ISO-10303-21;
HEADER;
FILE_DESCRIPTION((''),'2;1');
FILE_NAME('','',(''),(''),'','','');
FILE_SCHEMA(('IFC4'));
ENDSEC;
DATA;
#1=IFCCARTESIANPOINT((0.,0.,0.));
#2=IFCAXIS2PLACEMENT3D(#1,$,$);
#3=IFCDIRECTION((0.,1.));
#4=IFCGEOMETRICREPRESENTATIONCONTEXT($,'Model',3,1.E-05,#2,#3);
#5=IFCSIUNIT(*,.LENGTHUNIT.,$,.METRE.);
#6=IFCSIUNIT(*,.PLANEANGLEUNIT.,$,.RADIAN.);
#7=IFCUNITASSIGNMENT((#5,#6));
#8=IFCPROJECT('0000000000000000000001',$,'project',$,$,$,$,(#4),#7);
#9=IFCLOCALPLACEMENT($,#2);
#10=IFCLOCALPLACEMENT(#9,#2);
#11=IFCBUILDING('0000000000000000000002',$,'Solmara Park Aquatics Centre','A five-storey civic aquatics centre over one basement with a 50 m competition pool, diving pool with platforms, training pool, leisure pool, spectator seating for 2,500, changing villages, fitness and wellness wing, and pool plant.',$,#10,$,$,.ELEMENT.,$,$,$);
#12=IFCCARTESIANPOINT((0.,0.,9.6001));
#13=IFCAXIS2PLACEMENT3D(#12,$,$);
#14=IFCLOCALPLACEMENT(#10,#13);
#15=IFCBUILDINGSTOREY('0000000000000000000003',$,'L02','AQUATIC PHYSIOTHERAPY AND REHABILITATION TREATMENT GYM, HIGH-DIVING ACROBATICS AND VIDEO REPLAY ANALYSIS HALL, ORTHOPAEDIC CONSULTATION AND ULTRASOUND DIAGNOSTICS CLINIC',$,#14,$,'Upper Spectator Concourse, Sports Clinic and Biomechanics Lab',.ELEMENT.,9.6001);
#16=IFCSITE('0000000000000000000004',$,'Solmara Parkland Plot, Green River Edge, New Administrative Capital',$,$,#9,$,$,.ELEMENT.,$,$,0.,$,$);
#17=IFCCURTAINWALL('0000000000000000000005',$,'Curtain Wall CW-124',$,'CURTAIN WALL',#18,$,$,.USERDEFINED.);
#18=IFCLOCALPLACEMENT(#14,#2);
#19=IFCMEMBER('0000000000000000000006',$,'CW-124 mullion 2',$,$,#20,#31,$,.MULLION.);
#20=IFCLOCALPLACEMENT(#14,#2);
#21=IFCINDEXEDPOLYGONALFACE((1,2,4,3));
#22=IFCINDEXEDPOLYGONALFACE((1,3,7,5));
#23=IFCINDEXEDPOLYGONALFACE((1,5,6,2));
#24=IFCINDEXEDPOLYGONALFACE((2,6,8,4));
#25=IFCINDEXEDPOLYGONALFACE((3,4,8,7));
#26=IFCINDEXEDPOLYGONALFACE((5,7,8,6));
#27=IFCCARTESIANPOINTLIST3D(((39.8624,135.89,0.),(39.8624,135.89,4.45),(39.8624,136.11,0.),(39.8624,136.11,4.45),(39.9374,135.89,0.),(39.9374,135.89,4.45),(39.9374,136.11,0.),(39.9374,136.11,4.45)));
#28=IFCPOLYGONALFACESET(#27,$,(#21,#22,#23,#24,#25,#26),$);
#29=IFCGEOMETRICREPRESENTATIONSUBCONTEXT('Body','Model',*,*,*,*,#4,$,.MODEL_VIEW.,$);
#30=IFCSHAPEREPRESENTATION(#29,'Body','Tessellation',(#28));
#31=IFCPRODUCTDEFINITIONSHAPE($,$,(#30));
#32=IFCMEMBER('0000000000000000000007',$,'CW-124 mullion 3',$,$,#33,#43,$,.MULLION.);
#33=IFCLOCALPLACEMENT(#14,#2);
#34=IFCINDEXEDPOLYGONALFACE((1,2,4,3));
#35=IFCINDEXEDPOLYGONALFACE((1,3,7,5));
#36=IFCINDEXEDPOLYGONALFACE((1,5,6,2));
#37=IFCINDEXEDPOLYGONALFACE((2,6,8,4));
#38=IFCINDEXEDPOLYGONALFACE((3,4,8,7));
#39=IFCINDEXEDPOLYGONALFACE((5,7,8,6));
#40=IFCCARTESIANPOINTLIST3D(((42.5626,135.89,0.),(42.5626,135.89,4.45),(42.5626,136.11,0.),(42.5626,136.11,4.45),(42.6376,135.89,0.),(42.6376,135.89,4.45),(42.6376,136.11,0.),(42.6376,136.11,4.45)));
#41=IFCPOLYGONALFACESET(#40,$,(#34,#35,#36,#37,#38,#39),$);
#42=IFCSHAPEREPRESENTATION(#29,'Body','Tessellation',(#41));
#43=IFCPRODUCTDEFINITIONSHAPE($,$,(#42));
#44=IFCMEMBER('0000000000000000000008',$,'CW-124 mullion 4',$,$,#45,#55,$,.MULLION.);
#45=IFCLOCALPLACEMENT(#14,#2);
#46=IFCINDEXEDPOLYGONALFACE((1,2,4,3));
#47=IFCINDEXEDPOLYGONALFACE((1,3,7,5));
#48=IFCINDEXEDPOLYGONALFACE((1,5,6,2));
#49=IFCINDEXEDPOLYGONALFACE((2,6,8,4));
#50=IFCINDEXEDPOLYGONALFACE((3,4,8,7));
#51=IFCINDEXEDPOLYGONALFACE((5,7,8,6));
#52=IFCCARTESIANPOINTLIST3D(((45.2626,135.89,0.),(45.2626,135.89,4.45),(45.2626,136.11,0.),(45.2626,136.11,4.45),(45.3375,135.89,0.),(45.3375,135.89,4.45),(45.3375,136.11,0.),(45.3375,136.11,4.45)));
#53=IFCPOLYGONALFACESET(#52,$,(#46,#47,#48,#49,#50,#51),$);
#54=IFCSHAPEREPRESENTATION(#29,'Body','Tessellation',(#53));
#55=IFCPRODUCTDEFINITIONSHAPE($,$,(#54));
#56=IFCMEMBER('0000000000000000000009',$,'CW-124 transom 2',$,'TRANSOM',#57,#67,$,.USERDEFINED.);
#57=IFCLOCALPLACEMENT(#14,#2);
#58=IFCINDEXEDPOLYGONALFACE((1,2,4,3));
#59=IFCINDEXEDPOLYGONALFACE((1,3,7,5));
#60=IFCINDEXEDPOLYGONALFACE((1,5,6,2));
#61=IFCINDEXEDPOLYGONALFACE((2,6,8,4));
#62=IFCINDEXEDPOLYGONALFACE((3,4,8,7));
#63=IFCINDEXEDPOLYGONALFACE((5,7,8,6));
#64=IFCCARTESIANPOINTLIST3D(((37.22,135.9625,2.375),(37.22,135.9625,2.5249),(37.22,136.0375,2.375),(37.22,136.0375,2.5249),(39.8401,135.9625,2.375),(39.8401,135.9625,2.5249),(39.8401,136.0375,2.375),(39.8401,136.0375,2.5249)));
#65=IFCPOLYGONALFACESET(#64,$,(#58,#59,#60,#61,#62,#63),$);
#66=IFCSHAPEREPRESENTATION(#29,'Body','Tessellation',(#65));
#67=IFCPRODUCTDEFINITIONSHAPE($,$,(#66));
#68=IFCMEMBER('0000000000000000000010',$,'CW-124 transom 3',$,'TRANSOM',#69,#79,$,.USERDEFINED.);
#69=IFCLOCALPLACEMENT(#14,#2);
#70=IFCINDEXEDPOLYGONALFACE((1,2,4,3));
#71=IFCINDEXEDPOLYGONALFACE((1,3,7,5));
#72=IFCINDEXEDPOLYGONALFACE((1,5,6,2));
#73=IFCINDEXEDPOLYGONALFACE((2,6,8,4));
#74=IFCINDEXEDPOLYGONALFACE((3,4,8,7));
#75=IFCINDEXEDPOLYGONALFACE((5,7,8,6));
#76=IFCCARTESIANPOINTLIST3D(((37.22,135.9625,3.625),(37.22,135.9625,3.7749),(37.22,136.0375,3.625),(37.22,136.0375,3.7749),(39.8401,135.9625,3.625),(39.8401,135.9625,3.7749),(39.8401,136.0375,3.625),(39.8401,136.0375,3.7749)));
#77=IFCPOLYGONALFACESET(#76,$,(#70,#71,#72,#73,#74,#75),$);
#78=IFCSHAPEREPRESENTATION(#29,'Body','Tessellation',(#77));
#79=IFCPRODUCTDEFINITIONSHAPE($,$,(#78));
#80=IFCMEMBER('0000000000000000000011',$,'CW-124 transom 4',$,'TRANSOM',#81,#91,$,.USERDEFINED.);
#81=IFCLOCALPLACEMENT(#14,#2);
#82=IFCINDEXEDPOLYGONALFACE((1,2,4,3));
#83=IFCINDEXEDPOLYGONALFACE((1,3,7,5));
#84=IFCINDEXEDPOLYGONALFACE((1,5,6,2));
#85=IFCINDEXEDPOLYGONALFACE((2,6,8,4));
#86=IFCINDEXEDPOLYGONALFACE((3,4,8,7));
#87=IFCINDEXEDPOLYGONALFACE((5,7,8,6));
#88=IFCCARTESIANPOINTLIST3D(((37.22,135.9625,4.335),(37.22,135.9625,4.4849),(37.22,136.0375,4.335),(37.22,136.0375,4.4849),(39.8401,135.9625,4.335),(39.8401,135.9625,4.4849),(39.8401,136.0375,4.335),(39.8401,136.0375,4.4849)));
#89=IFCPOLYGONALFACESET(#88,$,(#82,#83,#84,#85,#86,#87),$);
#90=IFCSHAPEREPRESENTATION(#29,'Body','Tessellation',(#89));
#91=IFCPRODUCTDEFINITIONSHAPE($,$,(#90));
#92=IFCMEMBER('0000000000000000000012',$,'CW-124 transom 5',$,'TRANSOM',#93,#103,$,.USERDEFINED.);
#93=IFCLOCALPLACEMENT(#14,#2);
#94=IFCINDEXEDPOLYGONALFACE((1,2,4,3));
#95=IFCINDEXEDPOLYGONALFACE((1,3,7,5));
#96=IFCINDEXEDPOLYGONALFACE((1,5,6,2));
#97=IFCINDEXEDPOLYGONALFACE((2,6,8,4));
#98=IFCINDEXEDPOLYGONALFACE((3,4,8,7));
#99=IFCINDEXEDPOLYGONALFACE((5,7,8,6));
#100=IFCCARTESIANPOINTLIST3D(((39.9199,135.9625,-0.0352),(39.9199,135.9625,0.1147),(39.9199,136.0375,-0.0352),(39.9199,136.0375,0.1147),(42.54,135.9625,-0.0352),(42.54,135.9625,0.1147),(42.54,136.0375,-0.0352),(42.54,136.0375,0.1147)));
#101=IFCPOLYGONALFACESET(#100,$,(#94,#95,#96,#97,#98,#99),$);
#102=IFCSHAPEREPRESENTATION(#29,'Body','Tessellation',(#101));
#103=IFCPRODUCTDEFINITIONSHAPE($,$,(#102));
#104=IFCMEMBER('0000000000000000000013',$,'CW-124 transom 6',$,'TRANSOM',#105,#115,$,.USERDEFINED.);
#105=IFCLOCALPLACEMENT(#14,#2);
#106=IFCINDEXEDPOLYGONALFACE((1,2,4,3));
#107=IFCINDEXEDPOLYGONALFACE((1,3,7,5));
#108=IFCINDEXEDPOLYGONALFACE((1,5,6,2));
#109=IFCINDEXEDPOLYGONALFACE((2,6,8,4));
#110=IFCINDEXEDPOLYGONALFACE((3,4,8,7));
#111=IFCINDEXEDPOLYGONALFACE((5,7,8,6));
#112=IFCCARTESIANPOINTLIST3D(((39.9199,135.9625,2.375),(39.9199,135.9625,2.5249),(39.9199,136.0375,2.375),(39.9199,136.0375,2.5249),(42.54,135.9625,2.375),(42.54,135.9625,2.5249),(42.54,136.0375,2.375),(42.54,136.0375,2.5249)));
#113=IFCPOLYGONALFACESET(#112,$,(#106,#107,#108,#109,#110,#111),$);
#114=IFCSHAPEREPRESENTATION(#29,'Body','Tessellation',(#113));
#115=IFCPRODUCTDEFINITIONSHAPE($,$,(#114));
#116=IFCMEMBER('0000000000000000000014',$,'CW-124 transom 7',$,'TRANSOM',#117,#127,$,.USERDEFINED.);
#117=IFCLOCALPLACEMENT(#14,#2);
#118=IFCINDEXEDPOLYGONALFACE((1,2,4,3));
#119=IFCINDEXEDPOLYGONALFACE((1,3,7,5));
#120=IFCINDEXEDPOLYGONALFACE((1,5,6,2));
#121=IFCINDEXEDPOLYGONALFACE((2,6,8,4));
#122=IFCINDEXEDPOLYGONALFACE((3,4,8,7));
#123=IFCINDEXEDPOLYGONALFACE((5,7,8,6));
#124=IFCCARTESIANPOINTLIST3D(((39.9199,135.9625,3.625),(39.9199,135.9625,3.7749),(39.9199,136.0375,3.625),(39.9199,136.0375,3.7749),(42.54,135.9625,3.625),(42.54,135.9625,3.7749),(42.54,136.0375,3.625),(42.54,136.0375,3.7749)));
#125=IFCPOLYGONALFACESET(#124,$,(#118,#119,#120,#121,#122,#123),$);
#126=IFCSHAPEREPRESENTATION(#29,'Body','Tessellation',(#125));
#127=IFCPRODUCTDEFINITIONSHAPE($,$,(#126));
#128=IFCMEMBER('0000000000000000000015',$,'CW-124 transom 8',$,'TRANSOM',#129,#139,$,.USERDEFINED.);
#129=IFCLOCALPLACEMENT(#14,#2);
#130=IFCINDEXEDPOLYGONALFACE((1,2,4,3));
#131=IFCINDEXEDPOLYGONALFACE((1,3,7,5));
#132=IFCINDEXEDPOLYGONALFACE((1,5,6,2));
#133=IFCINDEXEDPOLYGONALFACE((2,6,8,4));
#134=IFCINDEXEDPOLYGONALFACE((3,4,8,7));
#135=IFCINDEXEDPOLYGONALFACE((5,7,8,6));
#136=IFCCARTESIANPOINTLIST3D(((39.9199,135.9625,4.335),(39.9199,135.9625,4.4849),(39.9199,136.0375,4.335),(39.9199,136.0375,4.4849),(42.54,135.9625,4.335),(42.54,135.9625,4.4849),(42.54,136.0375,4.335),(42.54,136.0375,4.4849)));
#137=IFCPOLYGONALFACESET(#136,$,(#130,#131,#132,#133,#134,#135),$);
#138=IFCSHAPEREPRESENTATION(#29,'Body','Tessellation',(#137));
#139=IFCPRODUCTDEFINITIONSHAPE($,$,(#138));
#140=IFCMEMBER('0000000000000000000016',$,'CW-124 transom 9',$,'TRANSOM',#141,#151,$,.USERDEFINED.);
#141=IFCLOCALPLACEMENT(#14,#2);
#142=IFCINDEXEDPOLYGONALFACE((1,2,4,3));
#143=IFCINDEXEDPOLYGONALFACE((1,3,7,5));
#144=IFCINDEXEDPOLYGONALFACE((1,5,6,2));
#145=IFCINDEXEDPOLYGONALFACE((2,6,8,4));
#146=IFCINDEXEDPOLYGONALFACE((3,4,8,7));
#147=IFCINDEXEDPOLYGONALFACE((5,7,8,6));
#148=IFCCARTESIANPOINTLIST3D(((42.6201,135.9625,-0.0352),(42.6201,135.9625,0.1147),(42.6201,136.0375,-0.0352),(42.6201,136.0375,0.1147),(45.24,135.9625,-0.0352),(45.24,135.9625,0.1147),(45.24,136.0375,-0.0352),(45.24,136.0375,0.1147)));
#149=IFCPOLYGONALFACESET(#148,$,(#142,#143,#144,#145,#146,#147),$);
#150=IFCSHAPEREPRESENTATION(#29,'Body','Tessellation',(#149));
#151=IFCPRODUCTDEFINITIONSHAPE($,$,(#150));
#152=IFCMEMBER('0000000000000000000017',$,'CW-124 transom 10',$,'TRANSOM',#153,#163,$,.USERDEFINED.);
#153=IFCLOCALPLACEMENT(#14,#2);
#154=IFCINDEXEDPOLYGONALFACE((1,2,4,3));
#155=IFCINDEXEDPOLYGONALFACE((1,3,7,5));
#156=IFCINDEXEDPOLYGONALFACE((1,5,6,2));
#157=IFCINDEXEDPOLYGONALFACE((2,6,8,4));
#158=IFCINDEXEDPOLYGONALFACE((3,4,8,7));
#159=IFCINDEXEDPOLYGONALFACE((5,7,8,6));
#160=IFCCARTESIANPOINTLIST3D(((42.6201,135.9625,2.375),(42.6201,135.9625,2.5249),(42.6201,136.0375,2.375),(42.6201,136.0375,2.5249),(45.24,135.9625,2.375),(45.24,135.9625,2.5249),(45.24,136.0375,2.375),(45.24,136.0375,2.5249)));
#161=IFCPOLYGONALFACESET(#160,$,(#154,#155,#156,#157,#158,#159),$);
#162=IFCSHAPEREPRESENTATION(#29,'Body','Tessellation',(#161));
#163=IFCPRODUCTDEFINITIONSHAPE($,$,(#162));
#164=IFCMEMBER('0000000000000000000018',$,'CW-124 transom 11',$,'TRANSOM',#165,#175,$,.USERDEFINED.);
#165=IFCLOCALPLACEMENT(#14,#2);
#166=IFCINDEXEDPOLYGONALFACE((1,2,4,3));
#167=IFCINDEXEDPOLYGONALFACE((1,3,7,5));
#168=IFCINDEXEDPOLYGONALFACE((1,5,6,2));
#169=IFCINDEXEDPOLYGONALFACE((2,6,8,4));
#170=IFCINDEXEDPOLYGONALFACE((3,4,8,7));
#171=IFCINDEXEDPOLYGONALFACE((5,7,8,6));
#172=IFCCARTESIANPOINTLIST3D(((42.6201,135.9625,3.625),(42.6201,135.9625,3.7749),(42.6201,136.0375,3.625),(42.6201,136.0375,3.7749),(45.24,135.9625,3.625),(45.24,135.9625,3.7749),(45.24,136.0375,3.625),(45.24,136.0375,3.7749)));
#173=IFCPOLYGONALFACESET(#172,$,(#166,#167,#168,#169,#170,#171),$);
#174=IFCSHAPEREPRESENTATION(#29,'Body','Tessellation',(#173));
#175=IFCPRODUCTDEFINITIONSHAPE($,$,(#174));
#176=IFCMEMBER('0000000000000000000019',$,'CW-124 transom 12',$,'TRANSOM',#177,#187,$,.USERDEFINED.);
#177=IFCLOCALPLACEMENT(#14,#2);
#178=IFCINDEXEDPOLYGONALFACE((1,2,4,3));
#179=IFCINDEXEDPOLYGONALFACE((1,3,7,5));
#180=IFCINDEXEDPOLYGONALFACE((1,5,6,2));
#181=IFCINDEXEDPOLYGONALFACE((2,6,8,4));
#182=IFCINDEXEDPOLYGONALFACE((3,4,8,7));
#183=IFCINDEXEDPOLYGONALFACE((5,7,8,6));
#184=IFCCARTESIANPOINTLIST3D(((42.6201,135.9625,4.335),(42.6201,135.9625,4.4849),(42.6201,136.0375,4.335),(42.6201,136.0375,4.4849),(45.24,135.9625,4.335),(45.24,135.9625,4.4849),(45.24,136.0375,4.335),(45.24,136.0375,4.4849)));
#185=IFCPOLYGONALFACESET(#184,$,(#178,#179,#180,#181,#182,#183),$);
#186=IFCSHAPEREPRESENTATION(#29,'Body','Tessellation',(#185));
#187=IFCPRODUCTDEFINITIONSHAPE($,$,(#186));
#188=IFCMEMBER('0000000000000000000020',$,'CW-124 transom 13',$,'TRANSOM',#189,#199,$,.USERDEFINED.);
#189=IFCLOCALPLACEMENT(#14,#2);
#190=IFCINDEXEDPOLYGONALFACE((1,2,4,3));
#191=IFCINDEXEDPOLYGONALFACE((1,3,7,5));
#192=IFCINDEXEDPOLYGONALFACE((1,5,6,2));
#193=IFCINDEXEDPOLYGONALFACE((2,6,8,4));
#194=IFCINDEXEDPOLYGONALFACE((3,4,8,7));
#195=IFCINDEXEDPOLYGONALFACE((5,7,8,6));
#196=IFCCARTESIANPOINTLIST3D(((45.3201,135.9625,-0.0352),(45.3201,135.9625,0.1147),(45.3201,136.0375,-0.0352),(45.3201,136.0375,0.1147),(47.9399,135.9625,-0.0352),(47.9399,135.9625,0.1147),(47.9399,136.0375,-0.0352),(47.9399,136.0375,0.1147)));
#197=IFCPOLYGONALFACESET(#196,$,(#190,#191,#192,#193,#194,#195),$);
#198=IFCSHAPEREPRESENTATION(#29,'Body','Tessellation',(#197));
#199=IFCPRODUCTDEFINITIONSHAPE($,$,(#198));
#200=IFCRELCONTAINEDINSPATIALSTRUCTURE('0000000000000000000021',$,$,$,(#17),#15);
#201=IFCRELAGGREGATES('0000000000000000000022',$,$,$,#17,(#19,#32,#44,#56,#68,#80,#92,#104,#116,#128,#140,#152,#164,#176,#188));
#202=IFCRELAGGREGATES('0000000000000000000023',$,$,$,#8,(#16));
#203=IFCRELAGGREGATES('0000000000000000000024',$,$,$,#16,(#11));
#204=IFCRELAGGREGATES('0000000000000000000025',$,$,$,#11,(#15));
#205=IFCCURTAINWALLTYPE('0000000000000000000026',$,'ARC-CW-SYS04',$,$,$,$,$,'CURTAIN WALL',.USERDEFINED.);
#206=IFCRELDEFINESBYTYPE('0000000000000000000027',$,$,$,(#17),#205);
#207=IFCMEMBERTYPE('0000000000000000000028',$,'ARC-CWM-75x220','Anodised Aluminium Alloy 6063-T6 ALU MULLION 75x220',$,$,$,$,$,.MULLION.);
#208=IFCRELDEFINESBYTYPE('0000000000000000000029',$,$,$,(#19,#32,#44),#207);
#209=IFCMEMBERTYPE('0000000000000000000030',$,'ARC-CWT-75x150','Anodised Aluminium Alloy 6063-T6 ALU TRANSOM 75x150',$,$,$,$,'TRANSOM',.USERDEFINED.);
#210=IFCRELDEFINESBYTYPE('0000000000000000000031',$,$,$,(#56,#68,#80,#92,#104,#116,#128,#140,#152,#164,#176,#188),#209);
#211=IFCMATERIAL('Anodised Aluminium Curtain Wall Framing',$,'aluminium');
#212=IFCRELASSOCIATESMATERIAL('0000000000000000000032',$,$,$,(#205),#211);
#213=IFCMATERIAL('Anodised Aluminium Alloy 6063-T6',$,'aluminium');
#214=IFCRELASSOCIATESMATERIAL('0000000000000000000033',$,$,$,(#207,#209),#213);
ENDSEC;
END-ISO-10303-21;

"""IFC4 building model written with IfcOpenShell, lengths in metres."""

from ifc_helpers import new_model, si_unit, direction, frame, origin, origin_2d, place, context, subcontext, project, spatial, rectangle, extrude, material, material_profile, profile_set, type_object, element, aggregate, save


model = new_model("IFC4")

# Units and contexts
model_context = context("Model", 3, precision=1e-05, world=origin(), true_north=direction((0.0, 1.0)))
body_context = subcontext(model_context, "Body", "Model", "MODEL_VIEW")
ifc_project = project(units=[si_unit("LENGTHUNIT", "METRE"), si_unit("PLANEANGLEUNIT", "RADIAN")], contexts=[model_context])

# Site, building, storey
site_placement = place(None, origin())
site = spatial("IfcSite", under=ifc_project, at=site_placement, Name="Solmara Parkland Plot, Green River Edge, New Administrative Capital", CompositionType="ELEMENT", RefElevation=0.0)
building_placement = place(site_placement, origin())
building = spatial("IfcBuilding", under=site, at=building_placement, Name="Solmara Park Aquatics Centre", Description="A five-storey civic aquatics centre over one basement with a 50 m competition pool, diving pool with platforms, training pool, leisure pool, spectator seating for 2,500, changing villages, fitness and wellness wing, and pool plant.", CompositionType="ELEMENT")
storey_placement = place(building_placement, frame((0.0, 0.0, 9.6001)))
storey = spatial("IfcBuildingStorey", under=building, at=storey_placement, Name="L02", Description="AQUATIC PHYSIOTHERAPY AND REHABILITATION TREATMENT GYM, HIGH-DIVING ACROBATICS AND VIDEO REPLAY ANALYSIS HALL, ORTHOPAEDIC CONSULTATION AND ULTRASOUND DIAGNOSTICS CLINIC", LongName="Upper Spectator Concourse, Sports Clinic and Biomechanics Lab", CompositionType="ELEMENT", Elevation=9.6001)

# Curtain wall, members
ifc_material_1 = material(Name="Anodised Aluminium Curtain Wall Framing", Category="aluminium")
curtain_wall_type = type_object("IfcCurtainWallType", Name="ARC-CW-SYS04", ElementType="CURTAIN WALL", PredefinedType="USERDEFINED", material=ifc_material_1)
curtain_wall_placement = place(storey_placement, origin())
curtain_wall = element("IfcCurtainWall", 1, at=curtain_wall_placement, inside=storey, type_object=curtain_wall_type, Name="Curtain Wall CW-124", ObjectType="CURTAIN WALL", PredefinedType="USERDEFINED")
ifc_material_2 = material(Name="Anodised Aluminium Alloy 6063-T6", Category="aluminium")
ifc_material_profile_1 = material_profile(ifc_material_2, rectangle(XDim=0.075, YDim=0.22, at=origin_2d()), Name="ALU MULLION 75x220")
ifc_profile_set_1 = profile_set([ifc_material_profile_1], Name="Anodised Aluminium Alloy 6063-T6")
member_type_1 = type_object("IfcMemberType", Name="ARC-CWM-75x220", Description="Anodised Aluminium Alloy 6063-T6 ALU MULLION 75x220", PredefinedType="MULLION", material=ifc_profile_set_1)
member_1_placement = place(storey_placement, frame((39.8999, 136.0, 0.0), z_axis=(0.0, 0.0, 1.0), x_axis=(1.0, 0.0, 0.0)))
member_1 = element("IfcMember", 2, at=member_1_placement, type_object=member_type_1, Name="CW-124 mullion 2", PredefinedType="MULLION", context=body_context, shape_type="SweptSolid", body=[
    extrude(rectangle(XDim=0.075, YDim=0.22, at=origin_2d()), origin(), (0.0, 0.0, 1.0), 4.45),
])
member_2_placement = place(storey_placement, frame((42.6001, 136.0, 0.0), z_axis=(0.0, 0.0, 1.0), x_axis=(1.0, 0.0, 0.0)))
member_2 = element("IfcMember", 3, at=member_2_placement, type_object=member_type_1, Name="CW-124 mullion 3", PredefinedType="MULLION", context=body_context, shape_type="SweptSolid", body=[
    extrude(rectangle(XDim=0.075, YDim=0.22, at=origin_2d()), origin(), (0.0, 0.0, 1.0), 4.45),
])
member_3_placement = place(storey_placement, frame((45.3, 136.0, 0.0), z_axis=(0.0, 0.0, 1.0), x_axis=(1.0, 0.0, 0.0)))
member_3 = element("IfcMember", 4, at=member_3_placement, type_object=member_type_1, Name="CW-124 mullion 4", PredefinedType="MULLION", context=body_context, shape_type="SweptSolid", body=[
    extrude(rectangle(XDim=0.075, YDim=0.22, at=origin_2d()), origin(), (0.0, 0.0, 1.0), 4.45),
])
ifc_material_profile_2 = material_profile(ifc_material_2, rectangle(XDim=0.075, YDim=0.1499, at=origin_2d()), Name="ALU TRANSOM 75x150")
ifc_profile_set_2 = profile_set([ifc_material_profile_2], Name="Anodised Aluminium Alloy 6063-T6")
member_type_2 = type_object("IfcMemberType", Name="ARC-CWT-75x150", Description="Anodised Aluminium Alloy 6063-T6 ALU TRANSOM 75x150", ElementType="TRANSOM", PredefinedType="USERDEFINED", material=ifc_profile_set_2)
member_4_placement = place(storey_placement, frame((37.22, 136.0, 2.45), z_axis=(1.0, 0.0, 0.0), x_axis=(0.0, 1.0, 0.0)))
member_4 = element("IfcMember", 5, at=member_4_placement, type_object=member_type_2, Name="CW-124 transom 2", ObjectType="TRANSOM", PredefinedType="USERDEFINED", context=body_context, shape_type="SweptSolid", body=[
    extrude(rectangle(XDim=0.075, YDim=0.1499, at=origin_2d()), origin(), (0.0, 0.0, 1.0), 2.6201),
])
member_5_placement = place(storey_placement, frame((37.22, 136.0, 3.7), z_axis=(1.0, 0.0, 0.0), x_axis=(0.0, 1.0, 0.0)))
member_5 = element("IfcMember", 6, at=member_5_placement, type_object=member_type_2, Name="CW-124 transom 3", ObjectType="TRANSOM", PredefinedType="USERDEFINED", context=body_context, shape_type="SweptSolid", body=[
    extrude(rectangle(XDim=0.075, YDim=0.1499, at=origin_2d()), origin(), (0.0, 0.0, 1.0), 2.6201),
])
member_6_placement = place(storey_placement, frame((37.22, 136.0, 4.4099), z_axis=(1.0, 0.0, 0.0), x_axis=(0.0, 1.0, 0.0)))
member_6 = element("IfcMember", 7, at=member_6_placement, type_object=member_type_2, Name="CW-124 transom 4", ObjectType="TRANSOM", PredefinedType="USERDEFINED", context=body_context, shape_type="SweptSolid", body=[
    extrude(rectangle(XDim=0.075, YDim=0.1499, at=origin_2d()), origin(), (0.0, 0.0, 1.0), 2.6201),
])
member_7_placement = place(storey_placement, frame((39.9199, 136.0, 0.0398), z_axis=(1.0, 0.0, 0.0), x_axis=(0.0, 1.0, 0.0)))
member_7 = element("IfcMember", 8, at=member_7_placement, type_object=member_type_2, Name="CW-124 transom 5", ObjectType="TRANSOM", PredefinedType="USERDEFINED", context=body_context, shape_type="SweptSolid", body=[
    extrude(rectangle(XDim=0.075, YDim=0.1499, at=origin_2d()), origin(), (0.0, 0.0, 1.0), 2.6201),
])
member_8_placement = place(storey_placement, frame((39.9199, 136.0, 2.45), z_axis=(1.0, 0.0, 0.0), x_axis=(0.0, 1.0, 0.0)))
member_8 = element("IfcMember", 9, at=member_8_placement, type_object=member_type_2, Name="CW-124 transom 6", ObjectType="TRANSOM", PredefinedType="USERDEFINED", context=body_context, shape_type="SweptSolid", body=[
    extrude(rectangle(XDim=0.075, YDim=0.1499, at=origin_2d()), origin(), (0.0, 0.0, 1.0), 2.6201),
])
member_9_placement = place(storey_placement, frame((39.9199, 136.0, 3.7), z_axis=(1.0, 0.0, 0.0), x_axis=(0.0, 1.0, 0.0)))
member_9 = element("IfcMember", 10, at=member_9_placement, type_object=member_type_2, Name="CW-124 transom 7", ObjectType="TRANSOM", PredefinedType="USERDEFINED", context=body_context, shape_type="SweptSolid", body=[
    extrude(rectangle(XDim=0.075, YDim=0.1499, at=origin_2d()), origin(), (0.0, 0.0, 1.0), 2.6201),
])
member_10_placement = place(storey_placement, frame((39.9199, 136.0, 4.4099), z_axis=(1.0, 0.0, 0.0), x_axis=(0.0, 1.0, 0.0)))
member_10 = element("IfcMember", 11, at=member_10_placement, type_object=member_type_2, Name="CW-124 transom 8", ObjectType="TRANSOM", PredefinedType="USERDEFINED", context=body_context, shape_type="SweptSolid", body=[
    extrude(rectangle(XDim=0.075, YDim=0.1499, at=origin_2d()), origin(), (0.0, 0.0, 1.0), 2.6201),
])
member_11_placement = place(storey_placement, frame((42.6201, 136.0, 0.0398), z_axis=(1.0, 0.0, 0.0), x_axis=(0.0, 1.0, 0.0)))
member_11 = element("IfcMember", 12, at=member_11_placement, type_object=member_type_2, Name="CW-124 transom 9", ObjectType="TRANSOM", PredefinedType="USERDEFINED", context=body_context, shape_type="SweptSolid", body=[
    extrude(rectangle(XDim=0.075, YDim=0.1499, at=origin_2d()), origin(), (0.0, 0.0, 1.0), 2.6199),
])
member_12_placement = place(storey_placement, frame((42.6201, 136.0, 2.45), z_axis=(1.0, 0.0, 0.0), x_axis=(0.0, 1.0, 0.0)))
member_12 = element("IfcMember", 13, at=member_12_placement, type_object=member_type_2, Name="CW-124 transom 10", ObjectType="TRANSOM", PredefinedType="USERDEFINED", context=body_context, shape_type="SweptSolid", body=[
    extrude(rectangle(XDim=0.075, YDim=0.1499, at=origin_2d()), origin(), (0.0, 0.0, 1.0), 2.6199),
])
member_13_placement = place(storey_placement, frame((42.6201, 136.0, 3.7), z_axis=(1.0, 0.0, 0.0), x_axis=(0.0, 1.0, 0.0)))
member_13 = element("IfcMember", 14, at=member_13_placement, type_object=member_type_2, Name="CW-124 transom 11", ObjectType="TRANSOM", PredefinedType="USERDEFINED", context=body_context, shape_type="SweptSolid", body=[
    extrude(rectangle(XDim=0.075, YDim=0.1499, at=origin_2d()), origin(), (0.0, 0.0, 1.0), 2.6199),
])
member_14_placement = place(storey_placement, frame((42.6201, 136.0, 4.4099), z_axis=(1.0, 0.0, 0.0), x_axis=(0.0, 1.0, 0.0)))
member_14 = element("IfcMember", 15, at=member_14_placement, type_object=member_type_2, Name="CW-124 transom 12", ObjectType="TRANSOM", PredefinedType="USERDEFINED", context=body_context, shape_type="SweptSolid", body=[
    extrude(rectangle(XDim=0.075, YDim=0.1499, at=origin_2d()), origin(), (0.0, 0.0, 1.0), 2.6199),
])
member_15_placement = place(storey_placement, frame((45.3201, 136.0, 0.0398), z_axis=(1.0, 0.0, 0.0), x_axis=(0.0, 1.0, 0.0)))
member_15 = element("IfcMember", 16, at=member_15_placement, type_object=member_type_2, Name="CW-124 transom 13", ObjectType="TRANSOM", PredefinedType="USERDEFINED", context=body_context, shape_type="SweptSolid", body=[
    extrude(rectangle(XDim=0.075, YDim=0.1499, at=origin_2d()), origin(), (0.0, 0.0, 1.0), 2.6199),
])
aggregate(curtain_wall, [member_1, member_2, member_3, member_4, member_5, member_6, member_7, member_8, member_9, member_10, member_11, member_12, member_13, member_14, member_15])

save(model, "model.ifc")
